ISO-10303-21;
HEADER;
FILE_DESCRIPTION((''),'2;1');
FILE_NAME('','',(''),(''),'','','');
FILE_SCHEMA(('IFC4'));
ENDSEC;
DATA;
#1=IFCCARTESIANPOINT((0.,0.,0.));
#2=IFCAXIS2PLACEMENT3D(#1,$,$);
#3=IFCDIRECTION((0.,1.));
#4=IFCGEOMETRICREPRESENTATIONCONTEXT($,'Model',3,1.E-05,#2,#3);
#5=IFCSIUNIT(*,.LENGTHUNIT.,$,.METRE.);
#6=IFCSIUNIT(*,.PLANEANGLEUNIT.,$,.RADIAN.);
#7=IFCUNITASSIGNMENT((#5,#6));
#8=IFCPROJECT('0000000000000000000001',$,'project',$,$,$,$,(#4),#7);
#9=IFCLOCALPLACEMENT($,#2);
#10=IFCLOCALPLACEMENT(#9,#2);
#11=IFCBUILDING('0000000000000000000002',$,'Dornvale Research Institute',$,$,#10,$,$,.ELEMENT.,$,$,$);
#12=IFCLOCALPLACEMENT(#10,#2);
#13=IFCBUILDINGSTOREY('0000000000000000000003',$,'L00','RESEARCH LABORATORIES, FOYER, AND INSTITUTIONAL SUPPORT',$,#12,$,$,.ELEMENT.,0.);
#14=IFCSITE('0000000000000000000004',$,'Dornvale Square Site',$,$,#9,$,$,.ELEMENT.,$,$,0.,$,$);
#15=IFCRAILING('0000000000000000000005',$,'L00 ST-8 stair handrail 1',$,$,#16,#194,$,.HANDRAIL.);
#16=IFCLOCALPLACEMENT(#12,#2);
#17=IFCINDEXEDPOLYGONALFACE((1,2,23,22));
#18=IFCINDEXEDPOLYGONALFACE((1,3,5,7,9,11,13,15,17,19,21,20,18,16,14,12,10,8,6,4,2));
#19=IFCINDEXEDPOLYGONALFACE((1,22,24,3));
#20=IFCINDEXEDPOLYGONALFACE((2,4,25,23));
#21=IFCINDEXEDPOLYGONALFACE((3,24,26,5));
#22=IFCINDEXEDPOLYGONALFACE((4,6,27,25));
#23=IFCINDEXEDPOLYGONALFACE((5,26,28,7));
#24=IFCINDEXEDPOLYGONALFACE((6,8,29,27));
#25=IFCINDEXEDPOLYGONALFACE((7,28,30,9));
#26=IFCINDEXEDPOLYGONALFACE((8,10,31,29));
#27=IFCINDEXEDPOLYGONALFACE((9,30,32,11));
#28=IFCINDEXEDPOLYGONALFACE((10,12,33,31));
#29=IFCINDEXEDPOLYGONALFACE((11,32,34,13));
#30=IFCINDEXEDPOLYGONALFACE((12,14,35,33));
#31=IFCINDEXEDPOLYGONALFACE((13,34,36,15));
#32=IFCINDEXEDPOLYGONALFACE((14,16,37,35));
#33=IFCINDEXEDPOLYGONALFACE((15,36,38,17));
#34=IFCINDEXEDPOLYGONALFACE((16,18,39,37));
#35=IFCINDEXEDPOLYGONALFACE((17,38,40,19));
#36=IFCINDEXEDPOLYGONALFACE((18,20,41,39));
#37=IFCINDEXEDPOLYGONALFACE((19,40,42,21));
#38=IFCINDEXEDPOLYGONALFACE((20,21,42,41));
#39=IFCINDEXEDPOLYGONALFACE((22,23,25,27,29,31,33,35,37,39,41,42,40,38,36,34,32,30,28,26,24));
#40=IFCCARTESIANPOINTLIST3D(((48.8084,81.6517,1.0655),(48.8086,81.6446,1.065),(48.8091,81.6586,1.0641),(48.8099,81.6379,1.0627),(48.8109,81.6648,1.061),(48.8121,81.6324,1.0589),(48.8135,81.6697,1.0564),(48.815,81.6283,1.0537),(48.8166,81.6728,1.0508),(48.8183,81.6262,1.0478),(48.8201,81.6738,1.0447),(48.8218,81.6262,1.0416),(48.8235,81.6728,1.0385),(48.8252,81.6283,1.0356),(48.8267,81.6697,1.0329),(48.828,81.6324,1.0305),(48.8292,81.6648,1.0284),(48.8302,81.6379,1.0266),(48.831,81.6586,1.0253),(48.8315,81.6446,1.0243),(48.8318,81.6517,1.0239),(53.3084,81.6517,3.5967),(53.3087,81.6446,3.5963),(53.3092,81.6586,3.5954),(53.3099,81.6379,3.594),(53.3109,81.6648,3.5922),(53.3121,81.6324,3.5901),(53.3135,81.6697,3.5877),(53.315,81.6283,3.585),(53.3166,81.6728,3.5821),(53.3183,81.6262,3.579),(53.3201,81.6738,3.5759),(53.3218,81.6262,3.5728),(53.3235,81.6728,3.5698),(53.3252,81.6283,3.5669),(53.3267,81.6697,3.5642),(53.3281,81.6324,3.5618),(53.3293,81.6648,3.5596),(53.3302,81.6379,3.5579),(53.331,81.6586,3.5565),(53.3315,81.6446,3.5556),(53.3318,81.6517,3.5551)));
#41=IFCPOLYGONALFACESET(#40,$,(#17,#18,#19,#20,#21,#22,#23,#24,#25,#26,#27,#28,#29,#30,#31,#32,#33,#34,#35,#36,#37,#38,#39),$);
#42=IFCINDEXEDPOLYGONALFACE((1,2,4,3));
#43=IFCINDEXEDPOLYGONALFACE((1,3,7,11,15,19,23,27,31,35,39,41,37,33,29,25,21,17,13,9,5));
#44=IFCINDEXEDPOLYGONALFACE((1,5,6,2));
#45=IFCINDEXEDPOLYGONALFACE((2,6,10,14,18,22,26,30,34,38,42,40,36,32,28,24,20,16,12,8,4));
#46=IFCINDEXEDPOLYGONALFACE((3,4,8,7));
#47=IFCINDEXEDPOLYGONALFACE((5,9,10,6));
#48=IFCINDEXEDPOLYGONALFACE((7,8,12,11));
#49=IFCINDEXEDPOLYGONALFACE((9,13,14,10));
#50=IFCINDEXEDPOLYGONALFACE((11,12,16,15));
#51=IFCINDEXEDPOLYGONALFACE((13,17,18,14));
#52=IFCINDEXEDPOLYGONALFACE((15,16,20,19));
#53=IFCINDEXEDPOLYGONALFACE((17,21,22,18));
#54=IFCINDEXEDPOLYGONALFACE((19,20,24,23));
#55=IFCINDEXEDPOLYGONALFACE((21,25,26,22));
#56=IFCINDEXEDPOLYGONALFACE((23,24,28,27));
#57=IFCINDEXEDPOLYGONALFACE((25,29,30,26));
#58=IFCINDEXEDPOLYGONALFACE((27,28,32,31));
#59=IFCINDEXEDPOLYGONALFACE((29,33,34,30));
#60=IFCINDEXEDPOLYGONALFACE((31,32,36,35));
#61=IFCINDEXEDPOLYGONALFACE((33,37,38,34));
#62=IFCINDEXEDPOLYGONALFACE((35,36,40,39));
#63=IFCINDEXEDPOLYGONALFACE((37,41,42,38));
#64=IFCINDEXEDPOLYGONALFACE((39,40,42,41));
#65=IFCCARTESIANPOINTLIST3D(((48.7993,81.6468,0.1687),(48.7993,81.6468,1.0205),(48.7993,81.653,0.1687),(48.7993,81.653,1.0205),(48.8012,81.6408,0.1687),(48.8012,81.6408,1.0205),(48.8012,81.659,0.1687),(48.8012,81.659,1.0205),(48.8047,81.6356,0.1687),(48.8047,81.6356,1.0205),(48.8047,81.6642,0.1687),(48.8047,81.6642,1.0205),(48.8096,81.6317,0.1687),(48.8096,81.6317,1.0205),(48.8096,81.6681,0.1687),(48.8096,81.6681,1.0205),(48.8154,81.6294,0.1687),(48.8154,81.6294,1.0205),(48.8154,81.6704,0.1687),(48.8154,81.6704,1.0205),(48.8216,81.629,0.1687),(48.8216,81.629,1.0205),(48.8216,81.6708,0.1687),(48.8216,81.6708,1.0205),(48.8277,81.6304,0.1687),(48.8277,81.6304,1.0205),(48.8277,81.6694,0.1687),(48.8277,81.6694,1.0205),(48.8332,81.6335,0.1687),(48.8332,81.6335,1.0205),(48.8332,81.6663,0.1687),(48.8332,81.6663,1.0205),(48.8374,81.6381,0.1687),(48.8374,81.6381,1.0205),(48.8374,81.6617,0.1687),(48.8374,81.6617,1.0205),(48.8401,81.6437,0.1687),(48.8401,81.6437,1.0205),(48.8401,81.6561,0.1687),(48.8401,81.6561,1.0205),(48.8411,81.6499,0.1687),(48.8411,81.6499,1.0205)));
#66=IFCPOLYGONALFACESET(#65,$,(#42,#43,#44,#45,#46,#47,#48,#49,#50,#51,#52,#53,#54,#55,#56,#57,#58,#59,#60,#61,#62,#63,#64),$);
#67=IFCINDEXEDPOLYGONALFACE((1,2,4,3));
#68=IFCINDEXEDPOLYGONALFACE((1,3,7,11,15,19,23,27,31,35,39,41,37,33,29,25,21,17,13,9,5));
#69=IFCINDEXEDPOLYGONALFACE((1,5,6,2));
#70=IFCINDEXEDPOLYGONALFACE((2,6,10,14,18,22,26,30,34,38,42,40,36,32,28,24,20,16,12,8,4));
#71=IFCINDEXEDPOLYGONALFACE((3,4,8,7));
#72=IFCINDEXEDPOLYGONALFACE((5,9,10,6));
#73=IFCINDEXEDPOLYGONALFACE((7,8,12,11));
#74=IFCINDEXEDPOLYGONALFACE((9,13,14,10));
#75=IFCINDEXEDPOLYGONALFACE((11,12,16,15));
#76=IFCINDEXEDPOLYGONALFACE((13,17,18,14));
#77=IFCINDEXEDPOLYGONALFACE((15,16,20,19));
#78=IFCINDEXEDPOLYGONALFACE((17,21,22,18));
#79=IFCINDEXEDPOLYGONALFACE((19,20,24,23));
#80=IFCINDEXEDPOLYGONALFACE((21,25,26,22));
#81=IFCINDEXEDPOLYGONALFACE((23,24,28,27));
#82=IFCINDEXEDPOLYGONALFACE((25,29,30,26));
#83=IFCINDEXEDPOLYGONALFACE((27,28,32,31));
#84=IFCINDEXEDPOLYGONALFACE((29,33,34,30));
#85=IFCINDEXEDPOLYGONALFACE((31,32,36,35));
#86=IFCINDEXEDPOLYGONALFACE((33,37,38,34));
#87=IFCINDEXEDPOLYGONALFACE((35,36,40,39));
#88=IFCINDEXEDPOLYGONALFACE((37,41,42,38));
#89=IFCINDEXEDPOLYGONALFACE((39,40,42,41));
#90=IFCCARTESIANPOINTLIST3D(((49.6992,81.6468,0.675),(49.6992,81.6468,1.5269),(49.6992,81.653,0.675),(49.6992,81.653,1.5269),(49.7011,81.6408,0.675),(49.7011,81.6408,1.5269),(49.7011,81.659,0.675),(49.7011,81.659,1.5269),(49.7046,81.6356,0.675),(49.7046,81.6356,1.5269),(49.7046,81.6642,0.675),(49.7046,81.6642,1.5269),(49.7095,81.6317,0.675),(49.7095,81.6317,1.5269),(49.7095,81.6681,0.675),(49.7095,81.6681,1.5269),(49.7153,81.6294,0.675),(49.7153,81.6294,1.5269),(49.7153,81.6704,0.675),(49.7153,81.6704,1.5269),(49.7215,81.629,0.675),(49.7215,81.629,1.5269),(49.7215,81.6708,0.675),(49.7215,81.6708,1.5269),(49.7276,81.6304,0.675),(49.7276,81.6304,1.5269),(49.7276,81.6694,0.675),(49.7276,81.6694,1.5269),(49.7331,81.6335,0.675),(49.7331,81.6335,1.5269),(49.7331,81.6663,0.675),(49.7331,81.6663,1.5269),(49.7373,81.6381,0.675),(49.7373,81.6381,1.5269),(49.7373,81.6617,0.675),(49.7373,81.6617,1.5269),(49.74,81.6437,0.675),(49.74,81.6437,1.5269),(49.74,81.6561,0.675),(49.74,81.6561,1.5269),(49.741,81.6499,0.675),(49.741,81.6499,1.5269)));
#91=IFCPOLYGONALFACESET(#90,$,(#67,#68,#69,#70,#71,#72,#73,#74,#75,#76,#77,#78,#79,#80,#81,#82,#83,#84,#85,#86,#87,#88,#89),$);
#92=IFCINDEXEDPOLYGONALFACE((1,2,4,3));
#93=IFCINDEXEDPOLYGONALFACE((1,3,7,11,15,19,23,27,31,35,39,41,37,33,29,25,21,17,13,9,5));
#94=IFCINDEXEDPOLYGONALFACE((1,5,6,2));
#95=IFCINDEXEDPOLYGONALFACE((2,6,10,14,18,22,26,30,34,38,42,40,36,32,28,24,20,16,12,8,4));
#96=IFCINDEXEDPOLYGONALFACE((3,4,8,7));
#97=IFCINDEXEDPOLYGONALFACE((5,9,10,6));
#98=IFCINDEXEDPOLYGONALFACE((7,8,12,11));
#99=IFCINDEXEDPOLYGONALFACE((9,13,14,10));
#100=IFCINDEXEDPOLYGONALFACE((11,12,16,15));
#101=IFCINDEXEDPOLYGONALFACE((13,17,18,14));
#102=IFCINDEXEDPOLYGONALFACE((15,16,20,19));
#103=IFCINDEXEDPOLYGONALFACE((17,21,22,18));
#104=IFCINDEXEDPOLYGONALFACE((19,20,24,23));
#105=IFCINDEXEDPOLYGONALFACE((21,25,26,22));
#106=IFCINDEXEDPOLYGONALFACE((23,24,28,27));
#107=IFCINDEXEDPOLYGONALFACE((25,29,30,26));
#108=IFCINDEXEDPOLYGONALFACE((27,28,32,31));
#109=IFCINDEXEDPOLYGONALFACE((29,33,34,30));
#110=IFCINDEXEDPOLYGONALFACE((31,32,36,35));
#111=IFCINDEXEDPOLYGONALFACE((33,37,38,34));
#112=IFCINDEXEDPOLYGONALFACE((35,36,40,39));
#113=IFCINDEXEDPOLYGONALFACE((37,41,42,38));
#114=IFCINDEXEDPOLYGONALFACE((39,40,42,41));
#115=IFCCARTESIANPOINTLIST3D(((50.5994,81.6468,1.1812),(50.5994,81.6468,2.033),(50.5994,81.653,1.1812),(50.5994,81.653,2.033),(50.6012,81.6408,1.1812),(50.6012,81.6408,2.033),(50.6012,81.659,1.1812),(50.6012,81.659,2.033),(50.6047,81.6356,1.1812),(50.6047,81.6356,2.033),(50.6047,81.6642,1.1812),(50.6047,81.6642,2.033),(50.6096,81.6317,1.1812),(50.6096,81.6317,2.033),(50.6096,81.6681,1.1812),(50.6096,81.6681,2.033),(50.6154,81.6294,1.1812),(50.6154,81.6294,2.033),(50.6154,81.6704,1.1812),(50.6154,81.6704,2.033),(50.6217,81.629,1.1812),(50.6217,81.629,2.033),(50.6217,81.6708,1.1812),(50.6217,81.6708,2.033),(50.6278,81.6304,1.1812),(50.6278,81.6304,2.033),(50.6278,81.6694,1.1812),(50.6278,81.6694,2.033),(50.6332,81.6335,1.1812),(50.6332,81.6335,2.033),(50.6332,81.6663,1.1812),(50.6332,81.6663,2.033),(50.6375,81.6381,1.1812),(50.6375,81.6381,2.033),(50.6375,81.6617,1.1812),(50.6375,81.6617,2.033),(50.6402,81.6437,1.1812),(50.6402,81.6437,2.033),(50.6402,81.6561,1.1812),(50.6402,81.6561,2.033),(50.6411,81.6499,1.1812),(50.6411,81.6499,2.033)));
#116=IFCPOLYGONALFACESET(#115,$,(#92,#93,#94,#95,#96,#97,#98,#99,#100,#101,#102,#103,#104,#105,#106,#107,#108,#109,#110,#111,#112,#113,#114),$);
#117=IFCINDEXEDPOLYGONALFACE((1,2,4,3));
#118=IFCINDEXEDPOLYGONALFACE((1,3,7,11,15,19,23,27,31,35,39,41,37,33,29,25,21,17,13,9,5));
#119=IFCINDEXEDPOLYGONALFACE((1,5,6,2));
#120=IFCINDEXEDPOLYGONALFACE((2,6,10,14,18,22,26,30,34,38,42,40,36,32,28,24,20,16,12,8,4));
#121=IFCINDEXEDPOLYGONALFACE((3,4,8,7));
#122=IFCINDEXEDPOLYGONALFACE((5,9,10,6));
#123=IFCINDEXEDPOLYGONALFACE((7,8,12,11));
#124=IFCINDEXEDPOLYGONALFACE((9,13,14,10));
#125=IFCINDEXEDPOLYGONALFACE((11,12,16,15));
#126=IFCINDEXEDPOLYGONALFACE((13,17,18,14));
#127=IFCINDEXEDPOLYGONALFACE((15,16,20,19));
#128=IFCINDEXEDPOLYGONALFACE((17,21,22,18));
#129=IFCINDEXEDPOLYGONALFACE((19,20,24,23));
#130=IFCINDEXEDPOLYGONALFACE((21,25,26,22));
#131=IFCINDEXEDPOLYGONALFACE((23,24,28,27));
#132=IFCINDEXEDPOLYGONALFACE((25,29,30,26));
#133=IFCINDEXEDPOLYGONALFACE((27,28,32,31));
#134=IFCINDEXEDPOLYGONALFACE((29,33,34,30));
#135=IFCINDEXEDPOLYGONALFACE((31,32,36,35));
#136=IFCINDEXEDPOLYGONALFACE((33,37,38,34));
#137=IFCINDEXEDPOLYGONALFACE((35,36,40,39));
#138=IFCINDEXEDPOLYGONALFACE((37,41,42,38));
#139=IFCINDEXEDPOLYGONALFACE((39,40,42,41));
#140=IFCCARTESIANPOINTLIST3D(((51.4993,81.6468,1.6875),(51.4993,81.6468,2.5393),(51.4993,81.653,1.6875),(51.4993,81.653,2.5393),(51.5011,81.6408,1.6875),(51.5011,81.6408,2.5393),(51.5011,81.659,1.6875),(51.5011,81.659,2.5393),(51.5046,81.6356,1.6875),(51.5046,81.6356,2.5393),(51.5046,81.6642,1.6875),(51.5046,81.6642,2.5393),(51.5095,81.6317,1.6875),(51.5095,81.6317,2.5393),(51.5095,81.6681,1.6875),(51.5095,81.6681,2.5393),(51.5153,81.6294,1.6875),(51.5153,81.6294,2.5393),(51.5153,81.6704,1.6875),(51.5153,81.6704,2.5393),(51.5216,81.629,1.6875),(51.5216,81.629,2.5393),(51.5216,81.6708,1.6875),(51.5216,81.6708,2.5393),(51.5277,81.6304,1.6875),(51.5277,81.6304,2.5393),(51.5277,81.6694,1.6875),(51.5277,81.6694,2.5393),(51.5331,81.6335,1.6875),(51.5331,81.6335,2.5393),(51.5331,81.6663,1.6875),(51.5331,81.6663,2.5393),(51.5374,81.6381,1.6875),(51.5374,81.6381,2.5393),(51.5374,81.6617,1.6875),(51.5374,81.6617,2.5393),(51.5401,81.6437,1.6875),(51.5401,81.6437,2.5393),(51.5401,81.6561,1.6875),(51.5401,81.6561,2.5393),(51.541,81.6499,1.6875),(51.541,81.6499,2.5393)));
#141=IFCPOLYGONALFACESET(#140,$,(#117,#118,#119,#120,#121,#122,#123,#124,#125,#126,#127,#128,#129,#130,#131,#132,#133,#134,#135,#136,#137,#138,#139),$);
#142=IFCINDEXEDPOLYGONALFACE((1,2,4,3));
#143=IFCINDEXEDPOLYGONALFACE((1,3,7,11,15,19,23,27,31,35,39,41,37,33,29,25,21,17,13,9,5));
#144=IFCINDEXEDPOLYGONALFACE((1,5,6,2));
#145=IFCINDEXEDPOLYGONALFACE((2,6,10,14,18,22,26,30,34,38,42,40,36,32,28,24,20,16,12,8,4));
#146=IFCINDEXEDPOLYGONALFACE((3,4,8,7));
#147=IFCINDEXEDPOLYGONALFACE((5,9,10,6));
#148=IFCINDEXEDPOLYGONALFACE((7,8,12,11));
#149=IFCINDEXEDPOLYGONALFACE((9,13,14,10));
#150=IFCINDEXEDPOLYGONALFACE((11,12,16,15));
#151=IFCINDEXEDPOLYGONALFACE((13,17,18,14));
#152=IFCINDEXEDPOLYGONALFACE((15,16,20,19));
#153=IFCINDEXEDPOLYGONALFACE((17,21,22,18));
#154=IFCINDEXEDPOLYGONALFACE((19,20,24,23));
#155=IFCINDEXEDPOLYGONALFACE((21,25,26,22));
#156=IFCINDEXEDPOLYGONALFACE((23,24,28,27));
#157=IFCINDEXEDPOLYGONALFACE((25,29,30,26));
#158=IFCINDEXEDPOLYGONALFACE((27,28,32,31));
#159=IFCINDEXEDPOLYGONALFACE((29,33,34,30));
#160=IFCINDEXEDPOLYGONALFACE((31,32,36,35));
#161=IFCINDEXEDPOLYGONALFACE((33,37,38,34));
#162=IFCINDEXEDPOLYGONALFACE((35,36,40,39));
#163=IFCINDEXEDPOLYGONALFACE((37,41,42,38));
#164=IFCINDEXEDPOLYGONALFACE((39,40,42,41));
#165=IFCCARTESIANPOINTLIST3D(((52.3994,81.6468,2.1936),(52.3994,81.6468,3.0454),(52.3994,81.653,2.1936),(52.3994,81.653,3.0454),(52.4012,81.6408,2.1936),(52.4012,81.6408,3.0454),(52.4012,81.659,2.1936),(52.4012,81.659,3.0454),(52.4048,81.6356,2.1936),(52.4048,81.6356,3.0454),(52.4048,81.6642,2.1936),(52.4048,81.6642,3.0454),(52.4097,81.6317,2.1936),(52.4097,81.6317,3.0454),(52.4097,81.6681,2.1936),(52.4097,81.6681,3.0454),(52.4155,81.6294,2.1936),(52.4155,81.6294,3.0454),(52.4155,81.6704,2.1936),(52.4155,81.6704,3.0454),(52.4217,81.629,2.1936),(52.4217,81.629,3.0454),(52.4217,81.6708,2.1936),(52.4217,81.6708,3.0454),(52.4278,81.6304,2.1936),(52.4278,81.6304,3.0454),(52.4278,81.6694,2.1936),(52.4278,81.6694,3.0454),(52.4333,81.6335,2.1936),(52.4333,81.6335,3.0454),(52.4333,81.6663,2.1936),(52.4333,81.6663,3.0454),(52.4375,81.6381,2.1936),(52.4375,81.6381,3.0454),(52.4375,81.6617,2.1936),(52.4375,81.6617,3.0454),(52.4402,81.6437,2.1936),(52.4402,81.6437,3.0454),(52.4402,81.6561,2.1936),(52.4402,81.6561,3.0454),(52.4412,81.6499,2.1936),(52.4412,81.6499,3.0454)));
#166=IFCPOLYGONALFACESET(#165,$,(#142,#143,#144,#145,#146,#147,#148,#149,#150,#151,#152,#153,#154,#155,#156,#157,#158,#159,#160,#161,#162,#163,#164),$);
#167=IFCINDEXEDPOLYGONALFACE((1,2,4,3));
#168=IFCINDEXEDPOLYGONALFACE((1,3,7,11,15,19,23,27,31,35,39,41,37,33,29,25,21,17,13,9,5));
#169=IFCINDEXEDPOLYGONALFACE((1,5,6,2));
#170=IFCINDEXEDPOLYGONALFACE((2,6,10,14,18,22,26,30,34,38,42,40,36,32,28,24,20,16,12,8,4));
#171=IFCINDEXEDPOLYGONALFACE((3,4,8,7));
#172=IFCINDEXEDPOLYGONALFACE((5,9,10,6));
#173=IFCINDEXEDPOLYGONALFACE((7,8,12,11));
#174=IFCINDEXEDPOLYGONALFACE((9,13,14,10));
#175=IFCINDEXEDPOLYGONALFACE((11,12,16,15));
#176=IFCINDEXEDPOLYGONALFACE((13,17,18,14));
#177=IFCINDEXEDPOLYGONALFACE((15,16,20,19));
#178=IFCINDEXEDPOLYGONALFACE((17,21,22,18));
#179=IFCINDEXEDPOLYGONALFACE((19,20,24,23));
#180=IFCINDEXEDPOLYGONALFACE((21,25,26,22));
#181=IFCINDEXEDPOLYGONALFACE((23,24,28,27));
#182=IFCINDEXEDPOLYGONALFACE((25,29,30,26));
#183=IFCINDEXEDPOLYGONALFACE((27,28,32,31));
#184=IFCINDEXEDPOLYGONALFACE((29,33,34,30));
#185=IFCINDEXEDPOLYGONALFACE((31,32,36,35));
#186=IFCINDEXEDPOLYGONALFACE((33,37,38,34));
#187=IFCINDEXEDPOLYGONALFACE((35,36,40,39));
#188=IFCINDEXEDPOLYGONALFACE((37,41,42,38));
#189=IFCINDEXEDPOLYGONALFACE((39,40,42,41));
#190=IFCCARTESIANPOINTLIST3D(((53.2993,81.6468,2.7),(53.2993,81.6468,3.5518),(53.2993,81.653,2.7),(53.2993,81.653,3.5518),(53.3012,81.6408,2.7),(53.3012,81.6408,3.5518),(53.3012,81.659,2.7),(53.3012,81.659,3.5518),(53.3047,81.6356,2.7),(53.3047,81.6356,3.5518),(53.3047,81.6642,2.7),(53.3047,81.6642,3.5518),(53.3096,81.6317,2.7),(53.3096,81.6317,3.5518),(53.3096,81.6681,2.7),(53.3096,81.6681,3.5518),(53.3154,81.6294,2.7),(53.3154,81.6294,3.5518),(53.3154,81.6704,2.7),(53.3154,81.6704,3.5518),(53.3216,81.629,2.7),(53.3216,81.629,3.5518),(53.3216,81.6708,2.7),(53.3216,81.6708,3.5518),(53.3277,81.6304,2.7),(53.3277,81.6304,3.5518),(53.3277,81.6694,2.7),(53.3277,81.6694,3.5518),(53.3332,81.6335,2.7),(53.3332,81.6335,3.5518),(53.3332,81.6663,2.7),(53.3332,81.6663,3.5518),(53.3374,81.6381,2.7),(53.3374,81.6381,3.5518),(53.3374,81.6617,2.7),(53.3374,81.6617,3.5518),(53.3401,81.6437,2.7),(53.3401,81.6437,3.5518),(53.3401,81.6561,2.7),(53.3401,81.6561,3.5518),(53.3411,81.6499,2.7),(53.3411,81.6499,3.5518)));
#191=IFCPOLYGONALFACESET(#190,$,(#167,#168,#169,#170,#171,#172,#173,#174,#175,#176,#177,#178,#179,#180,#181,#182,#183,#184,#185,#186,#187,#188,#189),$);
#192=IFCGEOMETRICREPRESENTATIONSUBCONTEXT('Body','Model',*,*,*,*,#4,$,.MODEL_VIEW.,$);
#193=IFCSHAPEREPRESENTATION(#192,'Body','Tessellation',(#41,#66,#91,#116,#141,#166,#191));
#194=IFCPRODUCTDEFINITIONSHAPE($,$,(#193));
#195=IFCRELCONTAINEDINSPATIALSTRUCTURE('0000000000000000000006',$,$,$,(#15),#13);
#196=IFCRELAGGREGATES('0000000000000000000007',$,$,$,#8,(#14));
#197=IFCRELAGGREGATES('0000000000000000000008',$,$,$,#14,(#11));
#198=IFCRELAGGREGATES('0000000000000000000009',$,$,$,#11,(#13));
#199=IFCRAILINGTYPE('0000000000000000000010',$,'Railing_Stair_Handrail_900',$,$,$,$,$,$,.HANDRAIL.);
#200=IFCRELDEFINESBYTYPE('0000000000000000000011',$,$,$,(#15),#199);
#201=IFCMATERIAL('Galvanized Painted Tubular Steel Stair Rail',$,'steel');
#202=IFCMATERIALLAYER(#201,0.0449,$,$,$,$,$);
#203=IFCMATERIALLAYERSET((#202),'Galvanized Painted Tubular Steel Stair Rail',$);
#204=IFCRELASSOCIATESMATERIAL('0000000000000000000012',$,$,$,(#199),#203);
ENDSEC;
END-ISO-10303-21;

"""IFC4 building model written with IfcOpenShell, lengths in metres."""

from ifc_helpers import new_model, si_unit, direction, frame, origin, origin_2d, place, context, subcontext, project, spatial, circle, extrude, material, layer, layer_set, type_object, element, save


model = new_model("IFC4")

# Units and contexts
model_context = context("Model", 3, precision=1e-05, world=origin(), true_north=direction((0.0, 1.0)))
body_context = subcontext(model_context, "Body", "Model", "MODEL_VIEW")
ifc_project = project(units=[si_unit("LENGTHUNIT", "METRE"), si_unit("PLANEANGLEUNIT", "RADIAN")], contexts=[model_context])

# Site, building, storey
site_placement = place(None, origin())
site = spatial("IfcSite", under=ifc_project, at=site_placement, Name="Dornvale Square Site", CompositionType="ELEMENT", RefElevation=0.0)
building_placement = place(site_placement, origin())
building = spatial("IfcBuilding", under=site, at=building_placement, Name="Dornvale Research Institute", CompositionType="ELEMENT")
storey_placement = place(building_placement, origin())
storey = spatial("IfcBuildingStorey", under=building, at=storey_placement, Name="L00", Description="RESEARCH LABORATORIES, FOYER, AND INSTITUTIONAL SUPPORT", CompositionType="ELEMENT", Elevation=0.0)

# Railing
ifc_material_1 = material(Name="Galvanized Painted Tubular Steel Stair Rail", Category="steel")
ifc_layer_1 = layer(ifc_material_1, 0.0449)
ifc_layer_set_1 = layer_set([ifc_layer_1], Name="Galvanized Painted Tubular Steel Stair Rail")
railing_type_1 = type_object("IfcRailingType", Name="Railing_Stair_Handrail_900", PredefinedType="HANDRAIL", material=ifc_layer_set_1)
railing_1_placement = place(storey_placement, frame((48.8201, 81.6499, 0.1687)))
element("IfcRailing", 1, at=railing_1_placement, inside=storey, type_object=railing_type_1, Name="L00 ST-8 stair handrail 1", PredefinedType="HANDRAIL", context=body_context, shape_type="SweptSolid", body=[
    extrude(circle(Radius=0.0239, at=origin_2d()), frame((0.0, 0.0, 0.876), z_axis=(0.871576, 0.0, 0.490261), x_axis=(0.0, 1.0, 0.0)), (0.0, 0.0, 1.0), 5.1631),
    extrude(circle(Radius=0.021, at=origin_2d()), origin(), (0.0, 0.0, 1.0), 0.8518),
    extrude(circle(Radius=0.021, at=origin_2d()), frame((0.8999, 0.0, 0.5063)), (0.0, 0.0, 1.0), 0.8518),
    extrude(circle(Radius=0.021, at=origin_2d()), frame((1.8, 0.0, 1.0125)), (0.0, 0.0, 1.0), 0.8518),
    extrude(circle(Radius=0.021, at=origin_2d()), frame((2.7, 0.0, 1.5188)), (0.0, 0.0, 1.0), 0.8518),
    extrude(circle(Radius=0.021, at=origin_2d()), frame((3.6001, 0.0, 2.0249)), (0.0, 0.0, 1.0), 0.8518),
    extrude(circle(Radius=0.021, at=origin_2d()), frame((4.5, 0.0, 2.5312)), (0.0, 0.0, 1.0), 0.8518),
])

save(model, "model.ifc")
